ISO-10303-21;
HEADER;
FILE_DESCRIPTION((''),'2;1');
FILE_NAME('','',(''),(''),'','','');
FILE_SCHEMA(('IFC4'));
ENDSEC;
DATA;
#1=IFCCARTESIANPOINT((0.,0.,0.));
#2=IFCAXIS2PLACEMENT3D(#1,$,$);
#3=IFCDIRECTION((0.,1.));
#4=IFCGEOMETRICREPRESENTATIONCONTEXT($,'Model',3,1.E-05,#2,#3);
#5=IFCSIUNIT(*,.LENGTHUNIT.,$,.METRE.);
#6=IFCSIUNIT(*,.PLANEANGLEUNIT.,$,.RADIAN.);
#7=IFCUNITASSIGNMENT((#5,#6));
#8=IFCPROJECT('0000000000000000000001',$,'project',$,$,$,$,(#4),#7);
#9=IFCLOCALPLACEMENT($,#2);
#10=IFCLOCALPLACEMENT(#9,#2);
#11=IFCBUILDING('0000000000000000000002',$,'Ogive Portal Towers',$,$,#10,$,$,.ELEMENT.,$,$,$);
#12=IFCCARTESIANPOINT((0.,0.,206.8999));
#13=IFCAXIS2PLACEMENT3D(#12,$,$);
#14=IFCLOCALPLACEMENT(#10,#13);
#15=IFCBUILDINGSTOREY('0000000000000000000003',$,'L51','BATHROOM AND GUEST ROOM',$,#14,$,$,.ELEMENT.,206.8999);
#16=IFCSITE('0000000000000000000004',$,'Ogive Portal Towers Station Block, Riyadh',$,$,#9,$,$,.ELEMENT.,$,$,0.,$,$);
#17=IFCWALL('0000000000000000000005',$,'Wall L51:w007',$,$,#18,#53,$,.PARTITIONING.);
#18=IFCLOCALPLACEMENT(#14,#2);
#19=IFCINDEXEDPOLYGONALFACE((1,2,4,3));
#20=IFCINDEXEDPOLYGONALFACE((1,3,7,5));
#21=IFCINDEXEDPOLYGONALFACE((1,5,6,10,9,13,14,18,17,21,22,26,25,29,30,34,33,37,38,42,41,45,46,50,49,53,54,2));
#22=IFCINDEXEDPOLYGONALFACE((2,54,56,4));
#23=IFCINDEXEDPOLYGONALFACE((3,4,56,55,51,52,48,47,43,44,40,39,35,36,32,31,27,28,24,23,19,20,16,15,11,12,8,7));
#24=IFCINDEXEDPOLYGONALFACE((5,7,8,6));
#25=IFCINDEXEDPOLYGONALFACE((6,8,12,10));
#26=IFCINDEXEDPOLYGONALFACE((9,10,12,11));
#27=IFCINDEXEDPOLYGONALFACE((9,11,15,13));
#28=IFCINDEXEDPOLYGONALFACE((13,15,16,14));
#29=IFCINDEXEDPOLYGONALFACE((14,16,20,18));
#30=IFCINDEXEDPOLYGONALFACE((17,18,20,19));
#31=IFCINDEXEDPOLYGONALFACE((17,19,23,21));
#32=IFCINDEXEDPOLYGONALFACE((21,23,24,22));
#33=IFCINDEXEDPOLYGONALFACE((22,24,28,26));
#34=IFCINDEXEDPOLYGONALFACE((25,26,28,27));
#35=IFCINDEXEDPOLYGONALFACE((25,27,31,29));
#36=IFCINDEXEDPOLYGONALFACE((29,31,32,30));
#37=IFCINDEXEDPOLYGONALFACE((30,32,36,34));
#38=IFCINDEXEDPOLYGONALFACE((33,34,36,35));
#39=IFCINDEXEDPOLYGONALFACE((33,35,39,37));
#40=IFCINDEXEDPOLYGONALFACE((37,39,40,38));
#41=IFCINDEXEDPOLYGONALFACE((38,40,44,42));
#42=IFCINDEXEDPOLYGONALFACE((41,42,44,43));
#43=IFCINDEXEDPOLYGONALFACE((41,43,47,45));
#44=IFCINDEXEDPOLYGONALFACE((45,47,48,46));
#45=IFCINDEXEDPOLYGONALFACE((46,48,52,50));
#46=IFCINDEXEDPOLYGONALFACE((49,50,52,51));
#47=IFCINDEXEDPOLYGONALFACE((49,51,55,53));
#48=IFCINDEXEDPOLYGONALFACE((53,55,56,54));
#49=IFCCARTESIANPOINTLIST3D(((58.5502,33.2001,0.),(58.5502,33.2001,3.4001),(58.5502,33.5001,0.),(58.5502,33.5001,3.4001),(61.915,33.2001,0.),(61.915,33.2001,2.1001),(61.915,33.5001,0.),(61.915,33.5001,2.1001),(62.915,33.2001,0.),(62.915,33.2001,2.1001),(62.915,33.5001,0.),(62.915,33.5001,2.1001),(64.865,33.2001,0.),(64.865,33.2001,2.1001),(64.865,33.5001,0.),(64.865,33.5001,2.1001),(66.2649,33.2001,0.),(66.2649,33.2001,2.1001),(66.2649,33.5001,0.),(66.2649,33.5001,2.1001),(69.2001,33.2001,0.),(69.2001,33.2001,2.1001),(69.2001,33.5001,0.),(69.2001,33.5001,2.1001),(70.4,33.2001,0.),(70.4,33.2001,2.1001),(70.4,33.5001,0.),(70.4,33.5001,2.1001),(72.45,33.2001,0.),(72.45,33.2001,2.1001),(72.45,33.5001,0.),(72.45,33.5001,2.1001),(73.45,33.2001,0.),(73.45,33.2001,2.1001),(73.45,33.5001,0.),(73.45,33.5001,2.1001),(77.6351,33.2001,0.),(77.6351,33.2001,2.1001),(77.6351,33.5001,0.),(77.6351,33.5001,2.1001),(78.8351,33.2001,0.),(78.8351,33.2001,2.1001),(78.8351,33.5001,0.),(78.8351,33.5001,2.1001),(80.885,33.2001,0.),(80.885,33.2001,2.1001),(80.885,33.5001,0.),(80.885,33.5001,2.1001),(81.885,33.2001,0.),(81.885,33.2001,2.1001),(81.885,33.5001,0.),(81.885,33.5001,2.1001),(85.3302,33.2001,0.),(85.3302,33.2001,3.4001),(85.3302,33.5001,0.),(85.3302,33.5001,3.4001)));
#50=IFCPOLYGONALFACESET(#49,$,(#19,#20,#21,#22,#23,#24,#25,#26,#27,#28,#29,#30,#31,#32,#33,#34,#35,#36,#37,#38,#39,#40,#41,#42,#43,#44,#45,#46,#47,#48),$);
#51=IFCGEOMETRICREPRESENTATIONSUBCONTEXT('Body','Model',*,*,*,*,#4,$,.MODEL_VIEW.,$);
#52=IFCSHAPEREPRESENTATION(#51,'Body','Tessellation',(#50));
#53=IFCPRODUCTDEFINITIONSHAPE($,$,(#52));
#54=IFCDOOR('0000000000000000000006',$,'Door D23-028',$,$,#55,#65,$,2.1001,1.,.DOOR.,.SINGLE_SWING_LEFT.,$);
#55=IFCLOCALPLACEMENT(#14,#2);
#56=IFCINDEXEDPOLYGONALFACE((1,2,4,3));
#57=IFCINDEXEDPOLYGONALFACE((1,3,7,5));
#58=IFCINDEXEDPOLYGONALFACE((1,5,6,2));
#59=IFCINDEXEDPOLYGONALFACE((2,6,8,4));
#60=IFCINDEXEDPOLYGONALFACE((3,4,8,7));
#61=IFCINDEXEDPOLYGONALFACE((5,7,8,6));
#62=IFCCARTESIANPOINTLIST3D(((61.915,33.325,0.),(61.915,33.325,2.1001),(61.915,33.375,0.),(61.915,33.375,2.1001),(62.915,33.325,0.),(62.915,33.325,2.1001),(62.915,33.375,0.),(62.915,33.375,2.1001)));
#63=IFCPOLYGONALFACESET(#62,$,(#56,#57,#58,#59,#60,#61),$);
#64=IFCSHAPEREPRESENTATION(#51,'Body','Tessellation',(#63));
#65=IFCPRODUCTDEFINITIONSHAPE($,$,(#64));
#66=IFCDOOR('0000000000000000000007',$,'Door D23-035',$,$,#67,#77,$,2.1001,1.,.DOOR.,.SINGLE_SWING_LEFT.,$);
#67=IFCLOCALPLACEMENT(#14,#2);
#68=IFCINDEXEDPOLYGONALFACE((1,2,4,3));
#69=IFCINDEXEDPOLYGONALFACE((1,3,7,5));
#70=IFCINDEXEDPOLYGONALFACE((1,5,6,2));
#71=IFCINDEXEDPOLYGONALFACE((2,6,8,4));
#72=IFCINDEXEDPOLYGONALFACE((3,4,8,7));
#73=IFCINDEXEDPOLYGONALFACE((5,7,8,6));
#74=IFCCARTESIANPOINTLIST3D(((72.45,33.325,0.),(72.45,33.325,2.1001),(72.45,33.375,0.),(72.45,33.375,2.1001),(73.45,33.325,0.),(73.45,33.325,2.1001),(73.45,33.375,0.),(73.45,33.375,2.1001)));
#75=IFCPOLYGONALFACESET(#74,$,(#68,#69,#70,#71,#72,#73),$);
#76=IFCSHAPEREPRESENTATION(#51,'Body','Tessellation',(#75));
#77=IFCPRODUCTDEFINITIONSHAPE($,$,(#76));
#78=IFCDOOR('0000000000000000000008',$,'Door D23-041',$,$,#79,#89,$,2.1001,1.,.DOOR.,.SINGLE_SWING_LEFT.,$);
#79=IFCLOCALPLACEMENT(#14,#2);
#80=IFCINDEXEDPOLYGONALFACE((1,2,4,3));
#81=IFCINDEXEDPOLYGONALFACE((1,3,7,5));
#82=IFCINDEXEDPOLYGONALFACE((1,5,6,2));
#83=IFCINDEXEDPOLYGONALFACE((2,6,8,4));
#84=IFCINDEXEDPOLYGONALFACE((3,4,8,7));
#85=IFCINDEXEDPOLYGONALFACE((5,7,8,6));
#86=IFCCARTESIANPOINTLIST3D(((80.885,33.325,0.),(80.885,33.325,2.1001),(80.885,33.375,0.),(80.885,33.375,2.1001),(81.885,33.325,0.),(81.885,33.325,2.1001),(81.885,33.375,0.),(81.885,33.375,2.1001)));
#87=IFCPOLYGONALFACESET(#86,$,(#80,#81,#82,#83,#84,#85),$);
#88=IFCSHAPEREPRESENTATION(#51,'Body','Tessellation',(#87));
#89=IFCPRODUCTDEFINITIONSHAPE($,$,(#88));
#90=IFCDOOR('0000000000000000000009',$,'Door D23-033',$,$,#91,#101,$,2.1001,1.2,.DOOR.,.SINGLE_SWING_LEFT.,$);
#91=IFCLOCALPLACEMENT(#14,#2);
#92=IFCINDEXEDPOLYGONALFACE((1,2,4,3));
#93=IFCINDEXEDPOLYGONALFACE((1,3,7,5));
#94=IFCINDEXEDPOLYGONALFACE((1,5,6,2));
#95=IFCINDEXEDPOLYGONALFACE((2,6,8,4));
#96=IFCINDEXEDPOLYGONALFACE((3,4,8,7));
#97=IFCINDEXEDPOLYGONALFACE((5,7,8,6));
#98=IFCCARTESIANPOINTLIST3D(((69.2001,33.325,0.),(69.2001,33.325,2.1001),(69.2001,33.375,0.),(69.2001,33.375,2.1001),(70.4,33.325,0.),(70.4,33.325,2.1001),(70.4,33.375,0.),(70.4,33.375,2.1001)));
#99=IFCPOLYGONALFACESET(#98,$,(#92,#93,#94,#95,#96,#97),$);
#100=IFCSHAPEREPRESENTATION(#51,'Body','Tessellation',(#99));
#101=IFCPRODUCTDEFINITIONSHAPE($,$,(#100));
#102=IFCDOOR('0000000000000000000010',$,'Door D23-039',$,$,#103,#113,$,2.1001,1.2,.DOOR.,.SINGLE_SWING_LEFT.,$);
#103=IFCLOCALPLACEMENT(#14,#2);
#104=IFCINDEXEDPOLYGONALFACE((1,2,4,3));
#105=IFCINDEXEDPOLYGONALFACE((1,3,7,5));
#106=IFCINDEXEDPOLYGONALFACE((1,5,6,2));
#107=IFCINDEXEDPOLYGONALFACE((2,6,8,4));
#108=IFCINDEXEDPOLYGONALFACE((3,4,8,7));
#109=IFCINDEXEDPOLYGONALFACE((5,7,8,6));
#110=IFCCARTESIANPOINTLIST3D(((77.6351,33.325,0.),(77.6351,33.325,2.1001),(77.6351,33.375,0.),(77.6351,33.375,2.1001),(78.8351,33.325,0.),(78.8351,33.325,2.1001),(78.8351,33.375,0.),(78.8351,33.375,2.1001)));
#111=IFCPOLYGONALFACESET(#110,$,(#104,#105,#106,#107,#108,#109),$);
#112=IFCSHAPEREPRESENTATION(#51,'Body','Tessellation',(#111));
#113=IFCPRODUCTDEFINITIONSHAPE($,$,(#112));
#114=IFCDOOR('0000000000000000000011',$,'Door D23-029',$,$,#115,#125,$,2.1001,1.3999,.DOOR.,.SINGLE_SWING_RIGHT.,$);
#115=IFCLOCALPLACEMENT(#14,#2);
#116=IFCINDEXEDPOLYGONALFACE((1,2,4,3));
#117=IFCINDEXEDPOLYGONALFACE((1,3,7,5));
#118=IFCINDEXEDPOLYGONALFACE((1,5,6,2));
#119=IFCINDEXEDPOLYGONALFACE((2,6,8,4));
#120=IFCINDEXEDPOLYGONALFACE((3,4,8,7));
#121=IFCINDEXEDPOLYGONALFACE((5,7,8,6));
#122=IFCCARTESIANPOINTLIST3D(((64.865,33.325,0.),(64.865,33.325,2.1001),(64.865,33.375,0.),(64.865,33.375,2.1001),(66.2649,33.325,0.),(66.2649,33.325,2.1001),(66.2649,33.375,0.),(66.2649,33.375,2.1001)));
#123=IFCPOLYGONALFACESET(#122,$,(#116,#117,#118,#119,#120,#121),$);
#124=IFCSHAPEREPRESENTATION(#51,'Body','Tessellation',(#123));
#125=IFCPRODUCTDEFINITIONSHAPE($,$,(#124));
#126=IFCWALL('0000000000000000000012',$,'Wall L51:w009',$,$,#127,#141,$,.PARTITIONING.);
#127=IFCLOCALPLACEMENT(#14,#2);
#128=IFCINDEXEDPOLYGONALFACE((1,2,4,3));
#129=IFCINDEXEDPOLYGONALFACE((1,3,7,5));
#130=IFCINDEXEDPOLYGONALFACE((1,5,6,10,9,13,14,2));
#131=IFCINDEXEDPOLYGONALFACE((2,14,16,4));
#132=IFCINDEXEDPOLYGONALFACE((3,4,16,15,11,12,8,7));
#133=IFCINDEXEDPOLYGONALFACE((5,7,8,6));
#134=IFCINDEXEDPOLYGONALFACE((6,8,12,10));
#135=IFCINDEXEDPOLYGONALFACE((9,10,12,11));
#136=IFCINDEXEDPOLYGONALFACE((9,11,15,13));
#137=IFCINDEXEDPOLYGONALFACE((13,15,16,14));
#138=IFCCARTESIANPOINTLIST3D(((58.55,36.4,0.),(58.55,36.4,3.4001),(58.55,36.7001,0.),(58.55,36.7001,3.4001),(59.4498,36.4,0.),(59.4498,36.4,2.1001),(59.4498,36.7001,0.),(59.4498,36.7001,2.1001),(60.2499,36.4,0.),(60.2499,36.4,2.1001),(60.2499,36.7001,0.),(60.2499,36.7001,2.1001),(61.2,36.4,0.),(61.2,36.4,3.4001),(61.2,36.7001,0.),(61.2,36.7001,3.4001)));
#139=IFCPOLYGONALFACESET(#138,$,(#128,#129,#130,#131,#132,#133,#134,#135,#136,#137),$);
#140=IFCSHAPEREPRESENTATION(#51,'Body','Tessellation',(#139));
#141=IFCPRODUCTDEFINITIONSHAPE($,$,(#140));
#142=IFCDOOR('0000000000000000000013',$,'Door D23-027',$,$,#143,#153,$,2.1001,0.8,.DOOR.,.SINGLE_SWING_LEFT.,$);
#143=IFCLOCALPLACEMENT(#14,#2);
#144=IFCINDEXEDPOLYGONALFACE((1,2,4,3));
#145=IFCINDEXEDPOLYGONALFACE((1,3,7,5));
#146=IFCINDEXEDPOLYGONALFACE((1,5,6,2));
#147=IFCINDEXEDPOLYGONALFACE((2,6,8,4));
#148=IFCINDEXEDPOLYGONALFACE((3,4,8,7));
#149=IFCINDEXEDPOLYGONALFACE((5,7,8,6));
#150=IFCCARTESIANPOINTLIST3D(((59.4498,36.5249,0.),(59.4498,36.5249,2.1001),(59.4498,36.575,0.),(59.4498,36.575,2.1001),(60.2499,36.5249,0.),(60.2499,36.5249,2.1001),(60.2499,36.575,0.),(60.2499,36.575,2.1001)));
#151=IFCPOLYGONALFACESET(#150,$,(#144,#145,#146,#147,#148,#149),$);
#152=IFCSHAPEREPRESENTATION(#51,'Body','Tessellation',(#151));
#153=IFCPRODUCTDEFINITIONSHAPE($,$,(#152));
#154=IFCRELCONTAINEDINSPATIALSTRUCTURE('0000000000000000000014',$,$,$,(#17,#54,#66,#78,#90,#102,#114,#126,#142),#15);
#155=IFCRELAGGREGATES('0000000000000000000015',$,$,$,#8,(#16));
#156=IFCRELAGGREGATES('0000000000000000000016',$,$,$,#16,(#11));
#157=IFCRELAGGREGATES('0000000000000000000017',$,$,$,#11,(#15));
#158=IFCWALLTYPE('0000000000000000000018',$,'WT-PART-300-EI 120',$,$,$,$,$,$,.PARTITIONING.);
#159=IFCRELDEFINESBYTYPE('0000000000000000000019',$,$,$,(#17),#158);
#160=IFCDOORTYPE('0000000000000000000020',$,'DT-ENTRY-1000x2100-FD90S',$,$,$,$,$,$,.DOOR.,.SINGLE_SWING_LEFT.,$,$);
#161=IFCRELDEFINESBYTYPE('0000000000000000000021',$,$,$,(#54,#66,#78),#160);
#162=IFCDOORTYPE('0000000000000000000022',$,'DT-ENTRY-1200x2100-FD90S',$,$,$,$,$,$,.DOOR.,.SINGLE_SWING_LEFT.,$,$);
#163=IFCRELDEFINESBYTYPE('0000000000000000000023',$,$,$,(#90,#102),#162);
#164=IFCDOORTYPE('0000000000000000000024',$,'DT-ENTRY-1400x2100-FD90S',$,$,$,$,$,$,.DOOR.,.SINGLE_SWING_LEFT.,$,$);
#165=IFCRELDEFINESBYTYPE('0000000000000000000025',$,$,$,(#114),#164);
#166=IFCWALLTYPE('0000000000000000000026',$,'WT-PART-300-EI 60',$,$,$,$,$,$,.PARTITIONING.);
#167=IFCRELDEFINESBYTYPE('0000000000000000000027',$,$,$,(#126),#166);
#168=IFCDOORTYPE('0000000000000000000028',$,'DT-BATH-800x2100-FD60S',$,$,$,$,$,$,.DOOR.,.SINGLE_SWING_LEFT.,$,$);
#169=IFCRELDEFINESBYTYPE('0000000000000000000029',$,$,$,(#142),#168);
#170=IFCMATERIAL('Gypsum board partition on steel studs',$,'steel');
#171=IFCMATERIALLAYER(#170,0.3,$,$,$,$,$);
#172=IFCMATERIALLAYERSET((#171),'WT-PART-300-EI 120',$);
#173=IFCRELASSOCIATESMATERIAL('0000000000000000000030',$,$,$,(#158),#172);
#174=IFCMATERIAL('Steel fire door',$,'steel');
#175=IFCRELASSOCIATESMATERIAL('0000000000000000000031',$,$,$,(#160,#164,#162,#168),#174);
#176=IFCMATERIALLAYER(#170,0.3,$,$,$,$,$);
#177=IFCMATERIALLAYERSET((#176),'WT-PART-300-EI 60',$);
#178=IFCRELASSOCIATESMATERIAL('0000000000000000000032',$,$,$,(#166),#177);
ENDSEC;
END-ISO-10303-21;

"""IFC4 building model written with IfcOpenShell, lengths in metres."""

from ifc_helpers import new_model, si_unit, direction, frame, frame_2d, origin, place, context, subcontext, project, spatial, rectangle, extrude, material, layer, layer_set, type_object, element, fill, save


model = new_model("IFC4")

# Units and contexts
model_context = context("Model", 3, precision=1e-05, world=origin(), true_north=direction((0.0, 1.0)))
body_context = subcontext(model_context, "Body", "Model", "MODEL_VIEW")
ifc_project = project(units=[si_unit("LENGTHUNIT", "METRE"), si_unit("PLANEANGLEUNIT", "RADIAN")], contexts=[model_context])

# Site, building, storey
site_placement = place(None, origin())
site = spatial("IfcSite", under=ifc_project, at=site_placement, Name="Ogive Portal Towers Station Block, Riyadh", CompositionType="ELEMENT", RefElevation=0.0)
building_placement = place(site_placement, origin())
building = spatial("IfcBuilding", under=site, at=building_placement, Name="Ogive Portal Towers", CompositionType="ELEMENT")
storey_placement = place(building_placement, frame((0.0, 0.0, 206.8999)))
storey = spatial("IfcBuildingStorey", under=building, at=storey_placement, Name="L51", Description="BATHROOM AND GUEST ROOM", CompositionType="ELEMENT", Elevation=206.8999)

# Wall, openings, doors
ifc_material_1 = material(Name="Gypsum board partition on steel studs", Category="steel")
ifc_layer_1 = layer(ifc_material_1, 0.3)
ifc_layer_set_1 = layer_set([ifc_layer_1], Name="WT-PART-300-EI 120")
wall_type_1 = type_object("IfcWallType", Name="WT-PART-300-EI 120", PredefinedType="PARTITIONING", material=ifc_layer_set_1)
ifc_material_2 = material(Name="Steel fire door", Category="steel")
door_type_1 = type_object("IfcDoorType", Name="DT-ENTRY-1000x2100-FD90S", OperationType="SINGLE_SWING_LEFT", PredefinedType="DOOR", material=ifc_material_2)
door_type_2 = type_object("IfcDoorType", Name="DT-ENTRY-1400x2100-FD90S", OperationType="SINGLE_SWING_LEFT", PredefinedType="DOOR", material=ifc_material_2)
wall_1_placement = place(storey_placement, frame((58.55, 33.3501, 0.0), z_axis=(0.0, 0.0, 1.0), x_axis=(1.0, 0.0, 0.0)))
wall_1 = element("IfcWall", 1, at=wall_1_placement, inside=storey, type_object=wall_type_1, Name="Wall L51:w007", PredefinedType="PARTITIONING", context=body_context, shape_type="SweptSolid", body=[
    extrude(rectangle(XDim=26.78, YDim=0.3, at=frame_2d((13.3901, 0.0))), origin(), (0.0, 0.0, 1.0), 3.4001),
])
opening_1_placement = place(wall_1_placement, frame((3.365, 0.0, 0.0)))
opening_1 = element("IfcOpeningElement", 2, at=opening_1_placement, cuts=wall_1, PredefinedType="OPENING", context=body_context, shape_type="SweptSolid", body=[
    extrude(rectangle(XDim=1.0, YDim=2.1001, at=frame_2d((0.5, 1.05))), frame((0.0, 0.1602, 0.0), z_axis=(0.0, -1.0, 0.0), x_axis=(1.0, 0.0, 0.0)), (0.0, 0.0, 1.0), 0.3201),
])
opening_2_placement = place(wall_1_placement, frame((6.3149, 0.0, 0.0)))
opening_2 = element("IfcOpeningElement", 3, at=opening_2_placement, cuts=wall_1, PredefinedType="OPENING", context=body_context, shape_type="SweptSolid", body=[
    extrude(rectangle(XDim=1.3999, YDim=2.1001, at=frame_2d((0.7, 1.05))), frame((0.0, 0.1602, 0.0), z_axis=(0.0, -1.0, 0.0), x_axis=(1.0, 0.0, 0.0)), (0.0, 0.0, 1.0), 0.3201),
])
opening_3_placement = place(wall_1_placement, frame((10.6499, 0.0, 0.0)))
opening_3 = element("IfcOpeningElement", 4, at=opening_3_placement, cuts=wall_1, PredefinedType="OPENING", context=body_context, shape_type="SweptSolid", body=[
    extrude(rectangle(XDim=1.2, YDim=2.1001, at=frame_2d((0.6001, 1.05))), frame((0.0, 0.1602, 0.0), z_axis=(0.0, -1.0, 0.0), x_axis=(1.0, 0.0, 0.0)), (0.0, 0.0, 1.0), 0.3201),
])
opening_4_placement = place(wall_1_placement, frame((13.8999, 0.0, 0.0)))
opening_4 = element("IfcOpeningElement", 5, at=opening_4_placement, cuts=wall_1, PredefinedType="OPENING", context=body_context, shape_type="SweptSolid", body=[
    extrude(rectangle(XDim=1.0, YDim=2.1001, at=frame_2d((0.5, 1.05))), frame((0.0, 0.1602, 0.0), z_axis=(0.0, -1.0, 0.0), x_axis=(1.0, 0.0, 0.0)), (0.0, 0.0, 1.0), 0.3201),
])
opening_5_placement = place(wall_1_placement, frame((19.085, 0.0, 0.0)))
opening_5 = element("IfcOpeningElement", 6, at=opening_5_placement, cuts=wall_1, PredefinedType="OPENING", context=body_context, shape_type="SweptSolid", body=[
    extrude(rectangle(XDim=1.2, YDim=2.1001, at=frame_2d((0.6001, 1.05))), frame((0.0, 0.1602, 0.0), z_axis=(0.0, -1.0, 0.0), x_axis=(1.0, 0.0, 0.0)), (0.0, 0.0, 1.0), 0.3201),
])
opening_6_placement = place(wall_1_placement, frame((22.335, 0.0, 0.0)))
opening_6 = element("IfcOpeningElement", 7, at=opening_6_placement, cuts=wall_1, PredefinedType="OPENING", context=body_context, shape_type="SweptSolid", body=[
    extrude(rectangle(XDim=1.0, YDim=2.1001, at=frame_2d((0.5, 1.05))), frame((0.0, 0.1602, 0.0), z_axis=(0.0, -1.0, 0.0), x_axis=(1.0, 0.0, 0.0)), (0.0, 0.0, 1.0), 0.3201),
])
door_1_placement = place(opening_1_placement, origin())
door_1 = element("IfcDoor", 8, at=door_1_placement, inside=storey, type_object=door_type_1, Name="Door D23-028", OperationType="SINGLE_SWING_LEFT", OverallHeight=2.1001, OverallWidth=1.0, PredefinedType="DOOR", context=body_context, shape_type="SweptSolid", body=[
    extrude(rectangle(XDim=1.0, YDim=2.1001, at=frame_2d((0.5, 1.05))), frame((0.0, 0.0249, 0.0), z_axis=(0.0, -1.0, 0.0), x_axis=(1.0, 0.0, 0.0)), (0.0, 0.0, 1.0), 0.05),
])
fill(opening_1, door_1)
door_2_placement = place(opening_4_placement, origin())
door_2 = element("IfcDoor", 9, at=door_2_placement, inside=storey, type_object=door_type_1, Name="Door D23-035", OperationType="SINGLE_SWING_LEFT", OverallHeight=2.1001, OverallWidth=1.0, PredefinedType="DOOR", context=body_context, shape_type="SweptSolid", body=[
    extrude(rectangle(XDim=1.0, YDim=2.1001, at=frame_2d((0.5, 1.05))), frame((0.0, 0.0249, 0.0), z_axis=(0.0, -1.0, 0.0), x_axis=(1.0, 0.0, 0.0)), (0.0, 0.0, 1.0), 0.05),
])
fill(opening_4, door_2)
door_3_placement = place(opening_6_placement, origin())
door_3 = element("IfcDoor", 10, at=door_3_placement, inside=storey, type_object=door_type_1, Name="Door D23-041", OperationType="SINGLE_SWING_LEFT", OverallHeight=2.1001, OverallWidth=1.0, PredefinedType="DOOR", context=body_context, shape_type="SweptSolid", body=[
    extrude(rectangle(XDim=1.0, YDim=2.1001, at=frame_2d((0.5, 1.05))), frame((0.0, 0.0249, 0.0), z_axis=(0.0, -1.0, 0.0), x_axis=(1.0, 0.0, 0.0)), (0.0, 0.0, 1.0), 0.05),
])
fill(opening_6, door_3)
door_type_3 = type_object("IfcDoorType", Name="DT-ENTRY-1200x2100-FD90S", OperationType="SINGLE_SWING_LEFT", PredefinedType="DOOR", material=ifc_material_2)
door_4_placement = place(opening_3_placement, origin())
door_4 = element("IfcDoor", 11, at=door_4_placement, inside=storey, type_object=door_type_3, Name="Door D23-033", OperationType="SINGLE_SWING_LEFT", OverallHeight=2.1001, OverallWidth=1.2, PredefinedType="DOOR", context=body_context, shape_type="SweptSolid", body=[
    extrude(rectangle(XDim=1.2, YDim=2.1001, at=frame_2d((0.6001, 1.05))), frame((0.0, 0.0249, 0.0), z_axis=(0.0, -1.0, 0.0), x_axis=(1.0, 0.0, 0.0)), (0.0, 0.0, 1.0), 0.05),
])
fill(opening_3, door_4)
door_5_placement = place(opening_5_placement, origin())
door_5 = element("IfcDoor", 12, at=door_5_placement, inside=storey, type_object=door_type_3, Name="Door D23-039", OperationType="SINGLE_SWING_LEFT", OverallHeight=2.1001, OverallWidth=1.2, PredefinedType="DOOR", context=body_context, shape_type="SweptSolid", body=[
    extrude(rectangle(XDim=1.2, YDim=2.1001, at=frame_2d((0.6001, 1.05))), frame((0.0, 0.0249, 0.0), z_axis=(0.0, -1.0, 0.0), x_axis=(1.0, 0.0, 0.0)), (0.0, 0.0, 1.0), 0.05),
])
fill(opening_5, door_5)
door_6_placement = place(opening_2_placement, origin())
door_6 = element("IfcDoor", 13, at=door_6_placement, inside=storey, type_object=door_type_2, Name="Door D23-029", OperationType="SINGLE_SWING_RIGHT", OverallHeight=2.1001, OverallWidth=1.3999, PredefinedType="DOOR", context=body_context, shape_type="SweptSolid", body=[
    extrude(rectangle(XDim=1.3999, YDim=2.1001, at=frame_2d((0.7, 1.05))), frame((0.0, 0.0249, 0.0), z_axis=(0.0, -1.0, 0.0), x_axis=(1.0, 0.0, 0.0)), (0.0, 0.0, 1.0), 0.05),
])
fill(opening_2, door_6)

# Wall, opening, door
ifc_layer_2 = layer(ifc_material_1, 0.3)
ifc_layer_set_2 = layer_set([ifc_layer_2], Name="WT-PART-300-EI 60")
wall_type_2 = type_object("IfcWallType", Name="WT-PART-300-EI 60", PredefinedType="PARTITIONING", material=ifc_layer_set_2)
wall_2_placement = place(storey_placement, frame((58.55, 36.55, 0.0), z_axis=(0.0, 0.0, 1.0), x_axis=(1.0, 0.0, 0.0)))
wall_2 = element("IfcWall", 14, at=wall_2_placement, inside=storey, type_object=wall_type_2, Name="Wall L51:w009", PredefinedType="PARTITIONING", context=body_context, shape_type="SweptSolid", body=[
    extrude(rectangle(XDim=2.6499, YDim=0.3, at=frame_2d((1.325, 0.0))), origin(), (0.0, 0.0, 1.0), 3.4001),
])
opening_7_placement = place(wall_2_placement, frame((0.8999, 0.0, 0.0)))
opening_7 = element("IfcOpeningElement", 15, at=opening_7_placement, cuts=wall_2, PredefinedType="OPENING", context=body_context, shape_type="SweptSolid", body=[
    extrude(rectangle(XDim=0.8, YDim=2.1001, at=frame_2d((0.3999, 1.05))), frame((0.0, 0.1602, 0.0), z_axis=(0.0, -1.0, 0.0), x_axis=(1.0, 0.0, 0.0)), (0.0, 0.0, 1.0), 0.3201),
])
door_type_4 = type_object("IfcDoorType", Name="DT-BATH-800x2100-FD60S", OperationType="SINGLE_SWING_LEFT", PredefinedType="DOOR", material=ifc_material_2)
door_7_placement = place(opening_7_placement, origin())
door_7 = element("IfcDoor", 16, at=door_7_placement, inside=storey, type_object=door_type_4, Name="Door D23-027", OperationType="SINGLE_SWING_LEFT", OverallHeight=2.1001, OverallWidth=0.8, PredefinedType="DOOR", context=body_context, shape_type="SweptSolid", body=[
    extrude(rectangle(XDim=0.8, YDim=2.1001, at=frame_2d((0.3999, 1.05))), frame((0.0, 0.0249, 0.0), z_axis=(0.0, -1.0, 0.0), x_axis=(1.0, 0.0, 0.0)), (0.0, 0.0, 1.0), 0.05),
])
fill(opening_7, door_7)

save(model, "model.ifc")
